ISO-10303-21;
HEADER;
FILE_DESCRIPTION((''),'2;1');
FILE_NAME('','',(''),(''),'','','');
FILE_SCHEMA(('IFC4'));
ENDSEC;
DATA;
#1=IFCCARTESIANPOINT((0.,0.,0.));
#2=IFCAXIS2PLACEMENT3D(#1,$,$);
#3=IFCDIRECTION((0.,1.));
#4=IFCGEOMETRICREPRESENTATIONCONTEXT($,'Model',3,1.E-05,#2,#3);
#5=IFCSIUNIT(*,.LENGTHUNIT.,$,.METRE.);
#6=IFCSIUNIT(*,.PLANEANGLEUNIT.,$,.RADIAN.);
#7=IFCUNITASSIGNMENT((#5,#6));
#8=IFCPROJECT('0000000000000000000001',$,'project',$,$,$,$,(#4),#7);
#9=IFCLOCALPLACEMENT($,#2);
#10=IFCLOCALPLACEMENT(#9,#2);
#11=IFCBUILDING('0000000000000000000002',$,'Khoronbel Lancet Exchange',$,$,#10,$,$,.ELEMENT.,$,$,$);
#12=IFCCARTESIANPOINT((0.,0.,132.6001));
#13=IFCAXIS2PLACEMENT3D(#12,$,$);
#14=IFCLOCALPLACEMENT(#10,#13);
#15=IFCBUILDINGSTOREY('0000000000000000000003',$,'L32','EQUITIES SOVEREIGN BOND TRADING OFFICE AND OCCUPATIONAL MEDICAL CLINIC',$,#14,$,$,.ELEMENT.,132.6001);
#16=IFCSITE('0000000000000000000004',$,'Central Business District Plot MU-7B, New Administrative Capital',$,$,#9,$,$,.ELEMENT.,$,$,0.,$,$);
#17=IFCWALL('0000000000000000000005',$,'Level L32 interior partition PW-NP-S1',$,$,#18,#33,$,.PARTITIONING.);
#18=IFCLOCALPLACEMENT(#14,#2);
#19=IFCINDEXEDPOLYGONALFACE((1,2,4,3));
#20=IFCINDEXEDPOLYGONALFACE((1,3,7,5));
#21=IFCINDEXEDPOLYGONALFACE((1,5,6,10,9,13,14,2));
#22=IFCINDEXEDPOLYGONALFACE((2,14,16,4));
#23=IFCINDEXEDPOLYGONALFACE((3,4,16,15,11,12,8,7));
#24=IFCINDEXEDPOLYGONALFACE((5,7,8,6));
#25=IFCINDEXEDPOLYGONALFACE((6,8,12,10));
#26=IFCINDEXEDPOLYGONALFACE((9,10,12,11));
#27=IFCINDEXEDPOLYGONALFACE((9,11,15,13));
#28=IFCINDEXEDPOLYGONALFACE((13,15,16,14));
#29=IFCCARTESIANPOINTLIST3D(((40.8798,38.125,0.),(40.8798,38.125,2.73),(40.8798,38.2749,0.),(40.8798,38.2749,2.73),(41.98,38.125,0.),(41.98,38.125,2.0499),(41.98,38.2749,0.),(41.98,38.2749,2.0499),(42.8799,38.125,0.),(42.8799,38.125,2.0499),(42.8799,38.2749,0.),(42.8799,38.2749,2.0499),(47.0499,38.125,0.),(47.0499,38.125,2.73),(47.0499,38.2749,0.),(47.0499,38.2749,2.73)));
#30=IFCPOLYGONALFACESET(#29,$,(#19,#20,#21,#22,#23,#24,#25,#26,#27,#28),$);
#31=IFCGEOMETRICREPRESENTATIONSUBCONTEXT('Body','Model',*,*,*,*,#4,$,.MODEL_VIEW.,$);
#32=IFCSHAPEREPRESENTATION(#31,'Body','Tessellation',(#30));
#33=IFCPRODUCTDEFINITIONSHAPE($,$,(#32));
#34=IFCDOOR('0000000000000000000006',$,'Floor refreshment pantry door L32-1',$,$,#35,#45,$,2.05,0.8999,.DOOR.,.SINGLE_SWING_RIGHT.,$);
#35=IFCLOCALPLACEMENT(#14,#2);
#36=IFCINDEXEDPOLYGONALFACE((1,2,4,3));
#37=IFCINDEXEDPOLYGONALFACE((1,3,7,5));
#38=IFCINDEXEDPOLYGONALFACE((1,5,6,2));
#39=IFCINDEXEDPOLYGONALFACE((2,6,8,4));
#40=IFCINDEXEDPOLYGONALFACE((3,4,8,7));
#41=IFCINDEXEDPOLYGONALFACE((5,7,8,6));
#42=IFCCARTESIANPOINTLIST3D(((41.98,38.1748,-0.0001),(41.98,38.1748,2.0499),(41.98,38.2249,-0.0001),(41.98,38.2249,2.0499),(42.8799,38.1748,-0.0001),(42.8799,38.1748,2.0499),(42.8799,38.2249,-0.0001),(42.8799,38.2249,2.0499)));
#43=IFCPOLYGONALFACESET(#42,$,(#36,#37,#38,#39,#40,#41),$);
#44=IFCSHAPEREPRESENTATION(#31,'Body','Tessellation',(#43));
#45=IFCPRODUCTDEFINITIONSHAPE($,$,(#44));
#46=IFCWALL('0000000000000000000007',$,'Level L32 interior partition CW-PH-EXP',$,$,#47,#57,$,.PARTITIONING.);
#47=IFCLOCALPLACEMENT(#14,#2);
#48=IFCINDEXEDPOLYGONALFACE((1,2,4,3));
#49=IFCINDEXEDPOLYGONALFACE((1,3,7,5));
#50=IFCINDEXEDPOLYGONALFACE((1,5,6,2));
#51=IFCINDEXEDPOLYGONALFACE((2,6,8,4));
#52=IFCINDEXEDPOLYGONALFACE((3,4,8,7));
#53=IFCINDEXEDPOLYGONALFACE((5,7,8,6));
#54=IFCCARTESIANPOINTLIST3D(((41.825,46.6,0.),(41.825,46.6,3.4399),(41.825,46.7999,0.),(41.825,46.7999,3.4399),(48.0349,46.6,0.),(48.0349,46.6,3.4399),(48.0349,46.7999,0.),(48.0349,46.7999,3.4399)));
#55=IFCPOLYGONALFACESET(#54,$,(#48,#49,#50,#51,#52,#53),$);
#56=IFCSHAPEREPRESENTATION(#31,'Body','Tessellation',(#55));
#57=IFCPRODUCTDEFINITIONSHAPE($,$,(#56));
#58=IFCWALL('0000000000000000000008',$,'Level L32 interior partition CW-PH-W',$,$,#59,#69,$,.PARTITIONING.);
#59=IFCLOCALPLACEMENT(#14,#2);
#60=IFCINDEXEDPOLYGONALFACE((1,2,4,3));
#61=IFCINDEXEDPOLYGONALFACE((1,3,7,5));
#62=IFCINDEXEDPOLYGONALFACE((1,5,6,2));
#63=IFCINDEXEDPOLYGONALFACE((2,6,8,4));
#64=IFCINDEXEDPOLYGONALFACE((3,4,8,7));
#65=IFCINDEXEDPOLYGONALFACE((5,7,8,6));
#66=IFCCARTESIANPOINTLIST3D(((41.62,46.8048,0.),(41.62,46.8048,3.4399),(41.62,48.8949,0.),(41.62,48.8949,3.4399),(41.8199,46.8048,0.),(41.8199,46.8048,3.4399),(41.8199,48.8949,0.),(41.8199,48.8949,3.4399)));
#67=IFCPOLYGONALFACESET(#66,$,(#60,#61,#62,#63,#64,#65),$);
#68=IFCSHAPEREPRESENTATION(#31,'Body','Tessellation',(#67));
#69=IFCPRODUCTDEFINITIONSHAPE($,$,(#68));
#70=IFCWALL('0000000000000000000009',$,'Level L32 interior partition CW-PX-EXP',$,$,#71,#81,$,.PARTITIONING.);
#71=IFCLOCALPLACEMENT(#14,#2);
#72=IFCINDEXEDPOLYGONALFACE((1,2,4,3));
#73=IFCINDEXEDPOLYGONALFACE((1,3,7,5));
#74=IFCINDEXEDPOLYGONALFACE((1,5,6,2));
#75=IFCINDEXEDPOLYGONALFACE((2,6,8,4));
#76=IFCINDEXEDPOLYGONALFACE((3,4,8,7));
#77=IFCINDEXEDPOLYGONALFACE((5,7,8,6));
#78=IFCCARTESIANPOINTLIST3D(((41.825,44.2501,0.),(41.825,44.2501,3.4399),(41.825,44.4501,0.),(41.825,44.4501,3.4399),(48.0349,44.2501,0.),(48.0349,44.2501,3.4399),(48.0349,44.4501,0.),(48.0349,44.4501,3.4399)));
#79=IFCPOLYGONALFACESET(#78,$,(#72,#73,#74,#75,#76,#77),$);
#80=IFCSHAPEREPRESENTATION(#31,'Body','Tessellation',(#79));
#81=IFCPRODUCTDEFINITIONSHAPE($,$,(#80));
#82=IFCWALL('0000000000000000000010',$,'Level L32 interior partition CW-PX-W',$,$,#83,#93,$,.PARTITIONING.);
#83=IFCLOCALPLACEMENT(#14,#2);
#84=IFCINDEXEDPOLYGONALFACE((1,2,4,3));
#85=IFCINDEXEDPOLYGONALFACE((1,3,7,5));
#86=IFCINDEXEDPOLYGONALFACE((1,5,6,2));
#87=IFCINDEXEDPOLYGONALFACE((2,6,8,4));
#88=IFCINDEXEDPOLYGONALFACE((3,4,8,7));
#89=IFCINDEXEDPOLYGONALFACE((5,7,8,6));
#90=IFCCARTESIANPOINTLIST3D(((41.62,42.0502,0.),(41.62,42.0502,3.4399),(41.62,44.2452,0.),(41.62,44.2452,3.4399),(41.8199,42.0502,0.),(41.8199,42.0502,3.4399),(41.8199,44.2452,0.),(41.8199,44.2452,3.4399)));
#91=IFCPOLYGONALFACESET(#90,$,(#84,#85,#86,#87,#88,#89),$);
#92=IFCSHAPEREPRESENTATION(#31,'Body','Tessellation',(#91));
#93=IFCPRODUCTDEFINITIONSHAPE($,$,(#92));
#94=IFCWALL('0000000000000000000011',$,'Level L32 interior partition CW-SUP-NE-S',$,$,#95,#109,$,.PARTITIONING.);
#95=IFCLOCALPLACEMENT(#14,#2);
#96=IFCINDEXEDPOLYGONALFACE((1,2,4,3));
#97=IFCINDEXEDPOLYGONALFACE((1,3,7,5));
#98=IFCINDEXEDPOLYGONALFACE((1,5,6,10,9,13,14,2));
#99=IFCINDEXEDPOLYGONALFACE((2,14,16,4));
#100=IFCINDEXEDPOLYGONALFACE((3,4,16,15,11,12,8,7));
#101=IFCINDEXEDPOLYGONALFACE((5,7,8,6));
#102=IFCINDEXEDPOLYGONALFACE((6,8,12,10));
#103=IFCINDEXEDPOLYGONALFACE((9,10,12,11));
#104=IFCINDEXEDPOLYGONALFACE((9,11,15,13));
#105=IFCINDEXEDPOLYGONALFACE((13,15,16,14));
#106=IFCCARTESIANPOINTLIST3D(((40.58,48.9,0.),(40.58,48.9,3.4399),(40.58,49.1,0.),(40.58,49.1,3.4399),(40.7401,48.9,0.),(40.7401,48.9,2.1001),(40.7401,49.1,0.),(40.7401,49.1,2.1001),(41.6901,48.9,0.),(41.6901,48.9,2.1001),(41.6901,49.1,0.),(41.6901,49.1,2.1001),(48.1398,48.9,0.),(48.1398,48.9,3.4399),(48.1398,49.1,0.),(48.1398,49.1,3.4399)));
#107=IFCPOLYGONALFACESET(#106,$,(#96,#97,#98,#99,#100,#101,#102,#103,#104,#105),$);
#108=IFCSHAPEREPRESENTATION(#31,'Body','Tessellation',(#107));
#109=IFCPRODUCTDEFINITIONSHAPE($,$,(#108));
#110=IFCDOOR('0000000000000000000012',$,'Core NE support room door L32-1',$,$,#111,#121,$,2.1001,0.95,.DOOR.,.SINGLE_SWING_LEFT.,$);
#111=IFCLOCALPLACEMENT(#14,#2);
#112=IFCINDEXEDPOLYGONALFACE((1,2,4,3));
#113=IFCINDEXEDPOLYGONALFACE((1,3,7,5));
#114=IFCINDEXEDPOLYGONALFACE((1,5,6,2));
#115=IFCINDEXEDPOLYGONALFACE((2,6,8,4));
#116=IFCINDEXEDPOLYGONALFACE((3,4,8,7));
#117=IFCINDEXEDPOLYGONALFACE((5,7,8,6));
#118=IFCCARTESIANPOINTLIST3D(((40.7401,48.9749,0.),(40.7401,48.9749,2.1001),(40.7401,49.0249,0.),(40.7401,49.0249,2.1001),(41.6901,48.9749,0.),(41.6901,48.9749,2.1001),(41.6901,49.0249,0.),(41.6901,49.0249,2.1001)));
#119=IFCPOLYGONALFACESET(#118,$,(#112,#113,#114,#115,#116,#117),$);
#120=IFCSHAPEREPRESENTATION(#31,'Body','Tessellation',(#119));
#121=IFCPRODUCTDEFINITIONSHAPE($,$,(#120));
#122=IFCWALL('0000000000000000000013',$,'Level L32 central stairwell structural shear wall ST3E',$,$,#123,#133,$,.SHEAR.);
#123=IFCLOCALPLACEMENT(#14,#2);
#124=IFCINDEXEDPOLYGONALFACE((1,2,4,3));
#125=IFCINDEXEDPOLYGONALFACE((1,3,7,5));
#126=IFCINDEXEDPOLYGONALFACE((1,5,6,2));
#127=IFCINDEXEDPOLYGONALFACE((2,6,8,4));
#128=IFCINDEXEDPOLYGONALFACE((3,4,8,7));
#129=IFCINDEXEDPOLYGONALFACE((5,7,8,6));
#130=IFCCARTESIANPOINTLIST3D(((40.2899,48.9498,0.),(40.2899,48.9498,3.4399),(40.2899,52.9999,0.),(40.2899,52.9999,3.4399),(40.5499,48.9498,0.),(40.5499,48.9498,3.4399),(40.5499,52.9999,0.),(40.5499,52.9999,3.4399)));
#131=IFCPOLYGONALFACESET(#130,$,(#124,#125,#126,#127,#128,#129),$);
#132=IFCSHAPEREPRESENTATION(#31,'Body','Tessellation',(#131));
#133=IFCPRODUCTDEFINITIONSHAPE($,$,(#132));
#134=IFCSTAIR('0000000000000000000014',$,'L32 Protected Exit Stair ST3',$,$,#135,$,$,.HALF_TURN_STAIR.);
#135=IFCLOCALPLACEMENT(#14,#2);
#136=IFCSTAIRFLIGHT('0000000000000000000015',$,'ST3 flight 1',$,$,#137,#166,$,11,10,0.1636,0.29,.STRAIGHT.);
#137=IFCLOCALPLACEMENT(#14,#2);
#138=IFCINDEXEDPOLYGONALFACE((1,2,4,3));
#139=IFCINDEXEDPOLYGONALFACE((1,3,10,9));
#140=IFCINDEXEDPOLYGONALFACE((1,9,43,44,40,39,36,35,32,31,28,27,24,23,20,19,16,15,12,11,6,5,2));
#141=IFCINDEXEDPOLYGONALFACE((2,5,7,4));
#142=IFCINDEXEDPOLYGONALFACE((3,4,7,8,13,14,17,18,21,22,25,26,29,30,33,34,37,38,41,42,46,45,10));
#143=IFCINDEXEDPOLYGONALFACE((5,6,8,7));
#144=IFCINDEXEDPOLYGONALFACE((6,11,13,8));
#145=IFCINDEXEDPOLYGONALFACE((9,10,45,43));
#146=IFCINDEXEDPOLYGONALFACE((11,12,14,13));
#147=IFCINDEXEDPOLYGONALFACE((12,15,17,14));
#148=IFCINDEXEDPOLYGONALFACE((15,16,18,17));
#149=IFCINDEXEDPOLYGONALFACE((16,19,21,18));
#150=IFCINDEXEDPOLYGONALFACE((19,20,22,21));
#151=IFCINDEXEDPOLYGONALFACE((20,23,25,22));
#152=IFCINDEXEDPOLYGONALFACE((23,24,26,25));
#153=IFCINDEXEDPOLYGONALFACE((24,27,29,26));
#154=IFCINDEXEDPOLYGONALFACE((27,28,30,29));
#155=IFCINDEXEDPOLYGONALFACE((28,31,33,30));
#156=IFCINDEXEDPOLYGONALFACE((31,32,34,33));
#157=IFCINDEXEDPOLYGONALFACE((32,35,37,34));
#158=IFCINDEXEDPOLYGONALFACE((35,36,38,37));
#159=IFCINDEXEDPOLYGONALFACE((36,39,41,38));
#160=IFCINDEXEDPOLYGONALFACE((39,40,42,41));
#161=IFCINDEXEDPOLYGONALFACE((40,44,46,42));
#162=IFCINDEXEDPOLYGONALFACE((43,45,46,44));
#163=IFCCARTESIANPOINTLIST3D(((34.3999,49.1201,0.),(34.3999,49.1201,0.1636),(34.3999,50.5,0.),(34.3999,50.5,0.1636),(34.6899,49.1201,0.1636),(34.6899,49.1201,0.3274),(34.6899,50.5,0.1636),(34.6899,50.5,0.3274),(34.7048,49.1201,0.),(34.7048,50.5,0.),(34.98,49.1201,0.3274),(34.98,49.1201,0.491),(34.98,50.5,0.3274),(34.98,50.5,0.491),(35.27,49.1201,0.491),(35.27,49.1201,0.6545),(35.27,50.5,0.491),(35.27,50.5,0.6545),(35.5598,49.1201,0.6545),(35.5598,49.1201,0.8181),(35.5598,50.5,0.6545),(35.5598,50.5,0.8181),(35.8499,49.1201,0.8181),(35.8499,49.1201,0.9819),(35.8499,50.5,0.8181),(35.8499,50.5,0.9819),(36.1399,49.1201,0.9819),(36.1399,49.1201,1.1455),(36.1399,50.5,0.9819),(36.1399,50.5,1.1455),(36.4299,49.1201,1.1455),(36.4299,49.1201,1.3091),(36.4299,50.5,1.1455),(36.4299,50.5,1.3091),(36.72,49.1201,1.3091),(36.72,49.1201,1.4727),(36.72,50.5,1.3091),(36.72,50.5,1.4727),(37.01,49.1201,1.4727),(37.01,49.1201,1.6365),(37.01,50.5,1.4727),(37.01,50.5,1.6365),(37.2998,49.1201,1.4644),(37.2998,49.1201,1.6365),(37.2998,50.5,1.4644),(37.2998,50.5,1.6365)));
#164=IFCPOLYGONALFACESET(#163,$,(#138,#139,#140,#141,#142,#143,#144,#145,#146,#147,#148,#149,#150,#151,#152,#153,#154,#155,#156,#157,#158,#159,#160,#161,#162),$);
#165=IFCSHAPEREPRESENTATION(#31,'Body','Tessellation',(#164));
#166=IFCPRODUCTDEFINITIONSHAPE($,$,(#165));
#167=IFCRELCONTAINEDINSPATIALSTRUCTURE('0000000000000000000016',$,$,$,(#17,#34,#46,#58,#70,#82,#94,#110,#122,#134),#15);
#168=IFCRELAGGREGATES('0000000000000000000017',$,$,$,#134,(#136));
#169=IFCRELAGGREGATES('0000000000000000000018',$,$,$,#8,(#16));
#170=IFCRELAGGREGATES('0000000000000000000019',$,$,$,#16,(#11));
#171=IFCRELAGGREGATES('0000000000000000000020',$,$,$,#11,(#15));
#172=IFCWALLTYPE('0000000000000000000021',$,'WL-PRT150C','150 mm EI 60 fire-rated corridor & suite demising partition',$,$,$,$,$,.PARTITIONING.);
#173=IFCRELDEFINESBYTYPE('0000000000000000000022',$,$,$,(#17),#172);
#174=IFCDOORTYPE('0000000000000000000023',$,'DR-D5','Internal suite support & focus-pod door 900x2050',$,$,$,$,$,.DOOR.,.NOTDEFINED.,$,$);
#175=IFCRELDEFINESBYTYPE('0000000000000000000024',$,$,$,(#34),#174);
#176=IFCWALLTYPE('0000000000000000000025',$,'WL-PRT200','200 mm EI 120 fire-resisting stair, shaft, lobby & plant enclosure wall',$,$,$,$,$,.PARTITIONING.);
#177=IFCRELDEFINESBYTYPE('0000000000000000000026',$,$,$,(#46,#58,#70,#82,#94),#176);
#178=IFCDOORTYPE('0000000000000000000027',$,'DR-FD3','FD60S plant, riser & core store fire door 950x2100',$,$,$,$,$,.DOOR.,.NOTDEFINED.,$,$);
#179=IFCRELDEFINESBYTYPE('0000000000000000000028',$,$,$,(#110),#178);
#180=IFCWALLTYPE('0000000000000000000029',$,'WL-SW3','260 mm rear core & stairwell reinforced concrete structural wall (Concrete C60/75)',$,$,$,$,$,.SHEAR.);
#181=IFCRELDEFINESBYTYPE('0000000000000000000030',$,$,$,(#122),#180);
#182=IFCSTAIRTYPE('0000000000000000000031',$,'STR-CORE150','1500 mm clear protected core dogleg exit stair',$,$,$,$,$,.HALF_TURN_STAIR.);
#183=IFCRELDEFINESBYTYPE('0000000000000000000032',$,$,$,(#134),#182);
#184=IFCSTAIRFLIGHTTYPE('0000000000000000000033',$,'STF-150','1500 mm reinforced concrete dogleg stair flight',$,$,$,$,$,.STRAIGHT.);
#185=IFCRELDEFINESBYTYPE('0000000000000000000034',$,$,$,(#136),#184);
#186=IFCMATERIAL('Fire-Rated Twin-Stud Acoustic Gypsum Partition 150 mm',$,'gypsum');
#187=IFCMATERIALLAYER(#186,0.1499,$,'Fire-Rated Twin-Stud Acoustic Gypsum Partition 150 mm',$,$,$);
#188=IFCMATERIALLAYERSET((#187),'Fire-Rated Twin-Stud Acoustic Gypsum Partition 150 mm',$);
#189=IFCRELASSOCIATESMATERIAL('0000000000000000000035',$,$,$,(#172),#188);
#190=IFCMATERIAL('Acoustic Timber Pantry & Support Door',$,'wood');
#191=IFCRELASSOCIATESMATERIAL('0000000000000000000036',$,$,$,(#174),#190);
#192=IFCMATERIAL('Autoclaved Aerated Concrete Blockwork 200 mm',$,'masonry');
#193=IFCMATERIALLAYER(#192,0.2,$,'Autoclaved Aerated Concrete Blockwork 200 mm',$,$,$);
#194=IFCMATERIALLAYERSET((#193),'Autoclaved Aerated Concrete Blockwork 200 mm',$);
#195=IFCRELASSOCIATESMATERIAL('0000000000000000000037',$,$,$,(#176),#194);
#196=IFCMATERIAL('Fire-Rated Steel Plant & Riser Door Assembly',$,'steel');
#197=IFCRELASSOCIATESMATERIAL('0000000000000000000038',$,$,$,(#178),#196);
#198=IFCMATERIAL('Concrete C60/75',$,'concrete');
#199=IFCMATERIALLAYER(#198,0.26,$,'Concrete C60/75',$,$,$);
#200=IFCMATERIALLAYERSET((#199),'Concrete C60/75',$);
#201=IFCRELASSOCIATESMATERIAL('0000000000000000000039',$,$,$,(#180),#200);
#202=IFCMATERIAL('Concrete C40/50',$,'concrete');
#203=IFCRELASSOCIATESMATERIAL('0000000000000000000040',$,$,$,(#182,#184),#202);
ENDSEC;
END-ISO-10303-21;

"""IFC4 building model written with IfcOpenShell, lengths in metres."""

from ifc_helpers import new_model, si_unit, direction, frame, frame_2d, origin, place, context, subcontext, project, spatial, polyline, rectangle, outline, extrude, material, layer, layer_set, type_object, element, fill, aggregate, save


model = new_model("IFC4")

# Units and contexts
model_context = context("Model", 3, precision=1e-05, world=origin(), true_north=direction((0.0, 1.0)))
body_context = subcontext(model_context, "Body", "Model", "MODEL_VIEW")
ifc_project = project(units=[si_unit("LENGTHUNIT", "METRE"), si_unit("PLANEANGLEUNIT", "RADIAN")], contexts=[model_context])

# Site, building, storey
site_placement = place(None, origin())
site = spatial("IfcSite", under=ifc_project, at=site_placement, Name="Central Business District Plot MU-7B, New Administrative Capital", CompositionType="ELEMENT", RefElevation=0.0)
building_placement = place(site_placement, origin())
building = spatial("IfcBuilding", under=site, at=building_placement, Name="Khoronbel Lancet Exchange", CompositionType="ELEMENT")
storey_placement = place(building_placement, frame((0.0, 0.0, 132.6001)))
storey = spatial("IfcBuildingStorey", under=building, at=storey_placement, Name="L32", Description="EQUITIES SOVEREIGN BOND TRADING OFFICE AND OCCUPATIONAL MEDICAL CLINIC", CompositionType="ELEMENT", Elevation=132.6001)

# Wall, opening, door
ifc_material_1 = material(Name="Fire-Rated Twin-Stud Acoustic Gypsum Partition 150 mm", Category="gypsum")
ifc_layer_1 = layer(ifc_material_1, 0.1499, Name="Fire-Rated Twin-Stud Acoustic Gypsum Partition 150 mm")
ifc_layer_set_1 = layer_set([ifc_layer_1], Name="Fire-Rated Twin-Stud Acoustic Gypsum Partition 150 mm")
wall_type_1 = type_object("IfcWallType", Name="WL-PRT150C", Description="150 mm EI 60 fire-rated corridor & suite demising partition", PredefinedType="PARTITIONING", material=ifc_layer_set_1)
wall_1_placement = place(storey_placement, frame((40.8799, 38.2, 0.0), z_axis=(0.0, 0.0, 1.0), x_axis=(1.0, 0.0, 0.0)))
wall_1 = element("IfcWall", 1, at=wall_1_placement, inside=storey, type_object=wall_type_1, Name="Level L32 interior partition PW-NP-S1", PredefinedType="PARTITIONING", context=body_context, shape_type="SweptSolid", body=[
    extrude(rectangle(XDim=6.1702, YDim=0.1499, at=frame_2d((3.085, 0.0))), origin(), (0.0, 0.0, 1.0), 2.73),
])
opening_1_placement = place(wall_1_placement, frame((1.1001, 0.0, 0.0)))
opening_1 = element("IfcOpeningElement", 2, at=opening_1_placement, cuts=wall_1, PredefinedType="OPENING", context=body_context, shape_type="SweptSolid", body=[
    extrude(rectangle(XDim=0.8999, YDim=2.05, at=frame_2d((0.45, 1.0249))), frame((0.0, 0.085, 0.0), z_axis=(0.0, -1.0, 0.0), x_axis=(1.0, 0.0, 0.0)), (0.0, 0.0, 1.0), 0.1699),
])
ifc_material_2 = material(Name="Acoustic Timber Pantry & Support Door", Category="wood")
door_type_1 = type_object("IfcDoorType", Name="DR-D5", Description="Internal suite support & focus-pod door 900x2050", OperationType="NOTDEFINED", PredefinedType="DOOR", material=ifc_material_2)
door_1_placement = place(opening_1_placement, origin())
door_1 = element("IfcDoor", 3, at=door_1_placement, inside=storey, type_object=door_type_1, Name="Floor refreshment pantry door L32-1", OperationType="SINGLE_SWING_RIGHT", OverallHeight=2.05, OverallWidth=0.8999, PredefinedType="DOOR", context=body_context, shape_type="SweptSolid", body=[
    extrude(rectangle(XDim=0.8999, YDim=2.05, at=frame_2d((0.45, 1.0249))), frame((0.0, 0.0249, 0.0), z_axis=(0.0, -1.0, 0.0), x_axis=(1.0, 0.0, 0.0)), (0.0, 0.0, 1.0), 0.05),
])
fill(opening_1, door_1)

# Walls
ifc_material_3 = material(Name="Autoclaved Aerated Concrete Blockwork 200 mm", Category="masonry")
ifc_layer_2 = layer(ifc_material_3, 0.2, Name="Autoclaved Aerated Concrete Blockwork 200 mm")
ifc_layer_set_2 = layer_set([ifc_layer_2], Name="Autoclaved Aerated Concrete Blockwork 200 mm")
wall_type_2 = type_object("IfcWallType", Name="WL-PRT200", Description="200 mm EI 120 fire-resisting stair, shaft, lobby & plant enclosure wall", PredefinedType="PARTITIONING", material=ifc_layer_set_2)
wall_2_placement = place(storey_placement, frame((41.825, 46.7, 0.0), z_axis=(0.0, 0.0, 1.0), x_axis=(1.0, 0.0, 0.0)))
element("IfcWall", 4, at=wall_2_placement, inside=storey, type_object=wall_type_2, Name="Level L32 interior partition CW-PH-EXP", PredefinedType="PARTITIONING", context=body_context, shape_type="SweptSolid", body=[
    extrude(rectangle(XDim=6.21, YDim=0.2, at=frame_2d((3.105, 0.0))), origin(), (0.0, 0.0, 1.0), 3.4399),
])
wall_3_placement = place(storey_placement, frame((41.72, 46.8049, 0.0), z_axis=(0.0, 0.0, 1.0), x_axis=(0.0, 1.0, 0.0)))
element("IfcWall", 5, at=wall_3_placement, inside=storey, type_object=wall_type_2, Name="Level L32 interior partition CW-PH-W", PredefinedType="PARTITIONING", context=body_context, shape_type="SweptSolid", body=[
    extrude(rectangle(XDim=2.0901, YDim=0.2, at=frame_2d((1.0449, 0.0))), origin(), (0.0, 0.0, 1.0), 3.4399),
])
wall_4_placement = place(storey_placement, frame((41.825, 44.3501, 0.0), z_axis=(0.0, 0.0, 1.0), x_axis=(1.0, 0.0, 0.0)))
element("IfcWall", 6, at=wall_4_placement, inside=storey, type_object=wall_type_2, Name="Level L32 interior partition CW-PX-EXP", PredefinedType="PARTITIONING", context=body_context, shape_type="SweptSolid", body=[
    extrude(rectangle(XDim=6.21, YDim=0.2, at=frame_2d((3.105, 0.0))), origin(), (0.0, 0.0, 1.0), 3.4399),
])
wall_5_placement = place(storey_placement, frame((41.72, 42.05, 0.0), z_axis=(0.0, 0.0, 1.0), x_axis=(0.0, 1.0, 0.0)))
element("IfcWall", 7, at=wall_5_placement, inside=storey, type_object=wall_type_2, Name="Level L32 interior partition CW-PX-W", PredefinedType="PARTITIONING", context=body_context, shape_type="SweptSolid", body=[
    extrude(rectangle(XDim=2.1951, YDim=0.2, at=frame_2d((1.0977, 0.0))), origin(), (0.0, 0.0, 1.0), 3.4399),
])

# Wall, opening, door
wall_6_placement = place(storey_placement, frame((40.5801, 49.0, 0.0), z_axis=(0.0, 0.0, 1.0), x_axis=(1.0, 0.0, 0.0)))
wall_6 = element("IfcWall", 8, at=wall_6_placement, inside=storey, type_object=wall_type_2, Name="Level L32 interior partition CW-SUP-NE-S", PredefinedType="PARTITIONING", context=body_context, shape_type="SweptSolid", body=[
    extrude(rectangle(XDim=7.5598, YDim=0.2, at=frame_2d((3.7798, 0.0))), origin(), (0.0, 0.0, 1.0), 3.4399),
])
opening_2_placement = place(wall_6_placement, frame((0.1599, 0.0, 0.0)))
opening_2 = element("IfcOpeningElement", 9, at=opening_2_placement, cuts=wall_6, PredefinedType="OPENING", context=body_context, shape_type="SweptSolid", body=[
    extrude(rectangle(XDim=0.95, YDim=2.1001, at=frame_2d((0.4751, 1.05))), frame((0.0, 0.1099, 0.0), z_axis=(0.0, -1.0, 0.0), x_axis=(1.0, 0.0, 0.0)), (0.0, 0.0, 1.0), 0.22),
])
ifc_material_4 = material(Name="Fire-Rated Steel Plant & Riser Door Assembly", Category="steel")
door_type_2 = type_object("IfcDoorType", Name="DR-FD3", Description="FD60S plant, riser & core store fire door 950x2100", OperationType="NOTDEFINED", PredefinedType="DOOR", material=ifc_material_4)
door_2_placement = place(opening_2_placement, origin())
door_2 = element("IfcDoor", 10, at=door_2_placement, inside=storey, type_object=door_type_2, Name="Core NE support room door L32-1", OperationType="SINGLE_SWING_LEFT", OverallHeight=2.1001, OverallWidth=0.95, PredefinedType="DOOR", context=body_context, shape_type="SweptSolid", body=[
    extrude(rectangle(XDim=0.95, YDim=2.1001, at=frame_2d((0.4751, 1.05))), frame((0.0, 0.0249, 0.0), z_axis=(0.0, -1.0, 0.0), x_axis=(1.0, 0.0, 0.0)), (0.0, 0.0, 1.0), 0.05),
])
fill(opening_2, door_2)

# Wall
ifc_material_5 = material(Name="Concrete C60/75", Category="concrete")
ifc_layer_3 = layer(ifc_material_5, 0.26, Name="Concrete C60/75")
ifc_layer_set_3 = layer_set([ifc_layer_3], Name="Concrete C60/75")
wall_type_3 = type_object("IfcWallType", Name="WL-SW3", Description="260 mm rear core & stairwell reinforced concrete structural wall (Concrete C60/75)", PredefinedType="SHEAR", material=ifc_layer_set_3)
wall_7_placement = place(storey_placement, frame((40.4199, 48.95, 0.0), z_axis=(0.0, 0.0, 1.0), x_axis=(0.0, 1.0, 0.0)))
element("IfcWall", 11, at=wall_7_placement, inside=storey, type_object=wall_type_3, Name="Level L32 central stairwell structural shear wall ST3E", PredefinedType="SHEAR", context=body_context, shape_type="SweptSolid", body=[
    extrude(rectangle(XDim=4.05, YDim=0.26, at=frame_2d((2.0249, 0.0))), origin(), (0.0, 0.0, 1.0), 3.4399),
])

# Stair, stair flight
ifc_material_6 = material(Name="Concrete C40/50", Category="concrete")
stair_type = type_object("IfcStairType", Name="STR-CORE150", Description="1500 mm clear protected core dogleg exit stair", PredefinedType="HALF_TURN_STAIR", material=ifc_material_6)
stair_placement = place(storey_placement, origin())
stair = element("IfcStair", 12, at=stair_placement, inside=storey, type_object=stair_type, Name="L32 Protected Exit Stair ST3", PredefinedType="HALF_TURN_STAIR")
stair_flight_type = type_object("IfcStairFlightType", Name="STF-150", Description="1500 mm reinforced concrete dogleg stair flight", PredefinedType="STRAIGHT", material=ifc_material_6)
stair_flight_1_placement = place(storey_placement, frame((34.3999, 49.8101, 0.0), z_axis=(0.0, 0.0, 1.0), x_axis=(1.0, 0.0, 0.0)))
stair_flight_1 = element("IfcStairFlight", 13, at=stair_flight_1_placement, type_object=stair_flight_type, Name="ST3 flight 1", NumberOfRisers=11, NumberOfTreads=10, PredefinedType="STRAIGHT", RiserHeight=0.1636, TreadLength=0.29, context=body_context, shape_type="SweptSolid", body=[
    extrude(outline(polyline([(0.0, 0.0), (0.0, 0.1636), (0.29, 0.1636), (0.29, 0.3274), (0.5801, 0.3274), (0.5801, 0.491), (0.8701, 0.491), (0.8701, 0.6545), (1.1599, 0.6545), (1.1599, 0.8181), (1.45, 0.8181), (1.45, 0.9819), (1.74, 0.9819), (1.74, 1.1455), (2.03, 1.1455), (2.03, 1.3091), (2.3201, 1.3091), (2.3201, 1.4727), (2.6101, 1.4727), (2.6101, 1.6365), (2.8999, 1.6365), (2.8999, 1.8), (2.8999, 1.4644), (0.3049, 0.0), (0.0, 0.0)])), frame((0.0, 0.6899, 0.0), z_axis=(0.0, -1.0, 0.0), x_axis=(1.0, 0.0, 0.0)), (0.0, 0.0, 1.0), 1.3799),
])
aggregate(stair, [stair_flight_1])

save(model, "model.ifc")
